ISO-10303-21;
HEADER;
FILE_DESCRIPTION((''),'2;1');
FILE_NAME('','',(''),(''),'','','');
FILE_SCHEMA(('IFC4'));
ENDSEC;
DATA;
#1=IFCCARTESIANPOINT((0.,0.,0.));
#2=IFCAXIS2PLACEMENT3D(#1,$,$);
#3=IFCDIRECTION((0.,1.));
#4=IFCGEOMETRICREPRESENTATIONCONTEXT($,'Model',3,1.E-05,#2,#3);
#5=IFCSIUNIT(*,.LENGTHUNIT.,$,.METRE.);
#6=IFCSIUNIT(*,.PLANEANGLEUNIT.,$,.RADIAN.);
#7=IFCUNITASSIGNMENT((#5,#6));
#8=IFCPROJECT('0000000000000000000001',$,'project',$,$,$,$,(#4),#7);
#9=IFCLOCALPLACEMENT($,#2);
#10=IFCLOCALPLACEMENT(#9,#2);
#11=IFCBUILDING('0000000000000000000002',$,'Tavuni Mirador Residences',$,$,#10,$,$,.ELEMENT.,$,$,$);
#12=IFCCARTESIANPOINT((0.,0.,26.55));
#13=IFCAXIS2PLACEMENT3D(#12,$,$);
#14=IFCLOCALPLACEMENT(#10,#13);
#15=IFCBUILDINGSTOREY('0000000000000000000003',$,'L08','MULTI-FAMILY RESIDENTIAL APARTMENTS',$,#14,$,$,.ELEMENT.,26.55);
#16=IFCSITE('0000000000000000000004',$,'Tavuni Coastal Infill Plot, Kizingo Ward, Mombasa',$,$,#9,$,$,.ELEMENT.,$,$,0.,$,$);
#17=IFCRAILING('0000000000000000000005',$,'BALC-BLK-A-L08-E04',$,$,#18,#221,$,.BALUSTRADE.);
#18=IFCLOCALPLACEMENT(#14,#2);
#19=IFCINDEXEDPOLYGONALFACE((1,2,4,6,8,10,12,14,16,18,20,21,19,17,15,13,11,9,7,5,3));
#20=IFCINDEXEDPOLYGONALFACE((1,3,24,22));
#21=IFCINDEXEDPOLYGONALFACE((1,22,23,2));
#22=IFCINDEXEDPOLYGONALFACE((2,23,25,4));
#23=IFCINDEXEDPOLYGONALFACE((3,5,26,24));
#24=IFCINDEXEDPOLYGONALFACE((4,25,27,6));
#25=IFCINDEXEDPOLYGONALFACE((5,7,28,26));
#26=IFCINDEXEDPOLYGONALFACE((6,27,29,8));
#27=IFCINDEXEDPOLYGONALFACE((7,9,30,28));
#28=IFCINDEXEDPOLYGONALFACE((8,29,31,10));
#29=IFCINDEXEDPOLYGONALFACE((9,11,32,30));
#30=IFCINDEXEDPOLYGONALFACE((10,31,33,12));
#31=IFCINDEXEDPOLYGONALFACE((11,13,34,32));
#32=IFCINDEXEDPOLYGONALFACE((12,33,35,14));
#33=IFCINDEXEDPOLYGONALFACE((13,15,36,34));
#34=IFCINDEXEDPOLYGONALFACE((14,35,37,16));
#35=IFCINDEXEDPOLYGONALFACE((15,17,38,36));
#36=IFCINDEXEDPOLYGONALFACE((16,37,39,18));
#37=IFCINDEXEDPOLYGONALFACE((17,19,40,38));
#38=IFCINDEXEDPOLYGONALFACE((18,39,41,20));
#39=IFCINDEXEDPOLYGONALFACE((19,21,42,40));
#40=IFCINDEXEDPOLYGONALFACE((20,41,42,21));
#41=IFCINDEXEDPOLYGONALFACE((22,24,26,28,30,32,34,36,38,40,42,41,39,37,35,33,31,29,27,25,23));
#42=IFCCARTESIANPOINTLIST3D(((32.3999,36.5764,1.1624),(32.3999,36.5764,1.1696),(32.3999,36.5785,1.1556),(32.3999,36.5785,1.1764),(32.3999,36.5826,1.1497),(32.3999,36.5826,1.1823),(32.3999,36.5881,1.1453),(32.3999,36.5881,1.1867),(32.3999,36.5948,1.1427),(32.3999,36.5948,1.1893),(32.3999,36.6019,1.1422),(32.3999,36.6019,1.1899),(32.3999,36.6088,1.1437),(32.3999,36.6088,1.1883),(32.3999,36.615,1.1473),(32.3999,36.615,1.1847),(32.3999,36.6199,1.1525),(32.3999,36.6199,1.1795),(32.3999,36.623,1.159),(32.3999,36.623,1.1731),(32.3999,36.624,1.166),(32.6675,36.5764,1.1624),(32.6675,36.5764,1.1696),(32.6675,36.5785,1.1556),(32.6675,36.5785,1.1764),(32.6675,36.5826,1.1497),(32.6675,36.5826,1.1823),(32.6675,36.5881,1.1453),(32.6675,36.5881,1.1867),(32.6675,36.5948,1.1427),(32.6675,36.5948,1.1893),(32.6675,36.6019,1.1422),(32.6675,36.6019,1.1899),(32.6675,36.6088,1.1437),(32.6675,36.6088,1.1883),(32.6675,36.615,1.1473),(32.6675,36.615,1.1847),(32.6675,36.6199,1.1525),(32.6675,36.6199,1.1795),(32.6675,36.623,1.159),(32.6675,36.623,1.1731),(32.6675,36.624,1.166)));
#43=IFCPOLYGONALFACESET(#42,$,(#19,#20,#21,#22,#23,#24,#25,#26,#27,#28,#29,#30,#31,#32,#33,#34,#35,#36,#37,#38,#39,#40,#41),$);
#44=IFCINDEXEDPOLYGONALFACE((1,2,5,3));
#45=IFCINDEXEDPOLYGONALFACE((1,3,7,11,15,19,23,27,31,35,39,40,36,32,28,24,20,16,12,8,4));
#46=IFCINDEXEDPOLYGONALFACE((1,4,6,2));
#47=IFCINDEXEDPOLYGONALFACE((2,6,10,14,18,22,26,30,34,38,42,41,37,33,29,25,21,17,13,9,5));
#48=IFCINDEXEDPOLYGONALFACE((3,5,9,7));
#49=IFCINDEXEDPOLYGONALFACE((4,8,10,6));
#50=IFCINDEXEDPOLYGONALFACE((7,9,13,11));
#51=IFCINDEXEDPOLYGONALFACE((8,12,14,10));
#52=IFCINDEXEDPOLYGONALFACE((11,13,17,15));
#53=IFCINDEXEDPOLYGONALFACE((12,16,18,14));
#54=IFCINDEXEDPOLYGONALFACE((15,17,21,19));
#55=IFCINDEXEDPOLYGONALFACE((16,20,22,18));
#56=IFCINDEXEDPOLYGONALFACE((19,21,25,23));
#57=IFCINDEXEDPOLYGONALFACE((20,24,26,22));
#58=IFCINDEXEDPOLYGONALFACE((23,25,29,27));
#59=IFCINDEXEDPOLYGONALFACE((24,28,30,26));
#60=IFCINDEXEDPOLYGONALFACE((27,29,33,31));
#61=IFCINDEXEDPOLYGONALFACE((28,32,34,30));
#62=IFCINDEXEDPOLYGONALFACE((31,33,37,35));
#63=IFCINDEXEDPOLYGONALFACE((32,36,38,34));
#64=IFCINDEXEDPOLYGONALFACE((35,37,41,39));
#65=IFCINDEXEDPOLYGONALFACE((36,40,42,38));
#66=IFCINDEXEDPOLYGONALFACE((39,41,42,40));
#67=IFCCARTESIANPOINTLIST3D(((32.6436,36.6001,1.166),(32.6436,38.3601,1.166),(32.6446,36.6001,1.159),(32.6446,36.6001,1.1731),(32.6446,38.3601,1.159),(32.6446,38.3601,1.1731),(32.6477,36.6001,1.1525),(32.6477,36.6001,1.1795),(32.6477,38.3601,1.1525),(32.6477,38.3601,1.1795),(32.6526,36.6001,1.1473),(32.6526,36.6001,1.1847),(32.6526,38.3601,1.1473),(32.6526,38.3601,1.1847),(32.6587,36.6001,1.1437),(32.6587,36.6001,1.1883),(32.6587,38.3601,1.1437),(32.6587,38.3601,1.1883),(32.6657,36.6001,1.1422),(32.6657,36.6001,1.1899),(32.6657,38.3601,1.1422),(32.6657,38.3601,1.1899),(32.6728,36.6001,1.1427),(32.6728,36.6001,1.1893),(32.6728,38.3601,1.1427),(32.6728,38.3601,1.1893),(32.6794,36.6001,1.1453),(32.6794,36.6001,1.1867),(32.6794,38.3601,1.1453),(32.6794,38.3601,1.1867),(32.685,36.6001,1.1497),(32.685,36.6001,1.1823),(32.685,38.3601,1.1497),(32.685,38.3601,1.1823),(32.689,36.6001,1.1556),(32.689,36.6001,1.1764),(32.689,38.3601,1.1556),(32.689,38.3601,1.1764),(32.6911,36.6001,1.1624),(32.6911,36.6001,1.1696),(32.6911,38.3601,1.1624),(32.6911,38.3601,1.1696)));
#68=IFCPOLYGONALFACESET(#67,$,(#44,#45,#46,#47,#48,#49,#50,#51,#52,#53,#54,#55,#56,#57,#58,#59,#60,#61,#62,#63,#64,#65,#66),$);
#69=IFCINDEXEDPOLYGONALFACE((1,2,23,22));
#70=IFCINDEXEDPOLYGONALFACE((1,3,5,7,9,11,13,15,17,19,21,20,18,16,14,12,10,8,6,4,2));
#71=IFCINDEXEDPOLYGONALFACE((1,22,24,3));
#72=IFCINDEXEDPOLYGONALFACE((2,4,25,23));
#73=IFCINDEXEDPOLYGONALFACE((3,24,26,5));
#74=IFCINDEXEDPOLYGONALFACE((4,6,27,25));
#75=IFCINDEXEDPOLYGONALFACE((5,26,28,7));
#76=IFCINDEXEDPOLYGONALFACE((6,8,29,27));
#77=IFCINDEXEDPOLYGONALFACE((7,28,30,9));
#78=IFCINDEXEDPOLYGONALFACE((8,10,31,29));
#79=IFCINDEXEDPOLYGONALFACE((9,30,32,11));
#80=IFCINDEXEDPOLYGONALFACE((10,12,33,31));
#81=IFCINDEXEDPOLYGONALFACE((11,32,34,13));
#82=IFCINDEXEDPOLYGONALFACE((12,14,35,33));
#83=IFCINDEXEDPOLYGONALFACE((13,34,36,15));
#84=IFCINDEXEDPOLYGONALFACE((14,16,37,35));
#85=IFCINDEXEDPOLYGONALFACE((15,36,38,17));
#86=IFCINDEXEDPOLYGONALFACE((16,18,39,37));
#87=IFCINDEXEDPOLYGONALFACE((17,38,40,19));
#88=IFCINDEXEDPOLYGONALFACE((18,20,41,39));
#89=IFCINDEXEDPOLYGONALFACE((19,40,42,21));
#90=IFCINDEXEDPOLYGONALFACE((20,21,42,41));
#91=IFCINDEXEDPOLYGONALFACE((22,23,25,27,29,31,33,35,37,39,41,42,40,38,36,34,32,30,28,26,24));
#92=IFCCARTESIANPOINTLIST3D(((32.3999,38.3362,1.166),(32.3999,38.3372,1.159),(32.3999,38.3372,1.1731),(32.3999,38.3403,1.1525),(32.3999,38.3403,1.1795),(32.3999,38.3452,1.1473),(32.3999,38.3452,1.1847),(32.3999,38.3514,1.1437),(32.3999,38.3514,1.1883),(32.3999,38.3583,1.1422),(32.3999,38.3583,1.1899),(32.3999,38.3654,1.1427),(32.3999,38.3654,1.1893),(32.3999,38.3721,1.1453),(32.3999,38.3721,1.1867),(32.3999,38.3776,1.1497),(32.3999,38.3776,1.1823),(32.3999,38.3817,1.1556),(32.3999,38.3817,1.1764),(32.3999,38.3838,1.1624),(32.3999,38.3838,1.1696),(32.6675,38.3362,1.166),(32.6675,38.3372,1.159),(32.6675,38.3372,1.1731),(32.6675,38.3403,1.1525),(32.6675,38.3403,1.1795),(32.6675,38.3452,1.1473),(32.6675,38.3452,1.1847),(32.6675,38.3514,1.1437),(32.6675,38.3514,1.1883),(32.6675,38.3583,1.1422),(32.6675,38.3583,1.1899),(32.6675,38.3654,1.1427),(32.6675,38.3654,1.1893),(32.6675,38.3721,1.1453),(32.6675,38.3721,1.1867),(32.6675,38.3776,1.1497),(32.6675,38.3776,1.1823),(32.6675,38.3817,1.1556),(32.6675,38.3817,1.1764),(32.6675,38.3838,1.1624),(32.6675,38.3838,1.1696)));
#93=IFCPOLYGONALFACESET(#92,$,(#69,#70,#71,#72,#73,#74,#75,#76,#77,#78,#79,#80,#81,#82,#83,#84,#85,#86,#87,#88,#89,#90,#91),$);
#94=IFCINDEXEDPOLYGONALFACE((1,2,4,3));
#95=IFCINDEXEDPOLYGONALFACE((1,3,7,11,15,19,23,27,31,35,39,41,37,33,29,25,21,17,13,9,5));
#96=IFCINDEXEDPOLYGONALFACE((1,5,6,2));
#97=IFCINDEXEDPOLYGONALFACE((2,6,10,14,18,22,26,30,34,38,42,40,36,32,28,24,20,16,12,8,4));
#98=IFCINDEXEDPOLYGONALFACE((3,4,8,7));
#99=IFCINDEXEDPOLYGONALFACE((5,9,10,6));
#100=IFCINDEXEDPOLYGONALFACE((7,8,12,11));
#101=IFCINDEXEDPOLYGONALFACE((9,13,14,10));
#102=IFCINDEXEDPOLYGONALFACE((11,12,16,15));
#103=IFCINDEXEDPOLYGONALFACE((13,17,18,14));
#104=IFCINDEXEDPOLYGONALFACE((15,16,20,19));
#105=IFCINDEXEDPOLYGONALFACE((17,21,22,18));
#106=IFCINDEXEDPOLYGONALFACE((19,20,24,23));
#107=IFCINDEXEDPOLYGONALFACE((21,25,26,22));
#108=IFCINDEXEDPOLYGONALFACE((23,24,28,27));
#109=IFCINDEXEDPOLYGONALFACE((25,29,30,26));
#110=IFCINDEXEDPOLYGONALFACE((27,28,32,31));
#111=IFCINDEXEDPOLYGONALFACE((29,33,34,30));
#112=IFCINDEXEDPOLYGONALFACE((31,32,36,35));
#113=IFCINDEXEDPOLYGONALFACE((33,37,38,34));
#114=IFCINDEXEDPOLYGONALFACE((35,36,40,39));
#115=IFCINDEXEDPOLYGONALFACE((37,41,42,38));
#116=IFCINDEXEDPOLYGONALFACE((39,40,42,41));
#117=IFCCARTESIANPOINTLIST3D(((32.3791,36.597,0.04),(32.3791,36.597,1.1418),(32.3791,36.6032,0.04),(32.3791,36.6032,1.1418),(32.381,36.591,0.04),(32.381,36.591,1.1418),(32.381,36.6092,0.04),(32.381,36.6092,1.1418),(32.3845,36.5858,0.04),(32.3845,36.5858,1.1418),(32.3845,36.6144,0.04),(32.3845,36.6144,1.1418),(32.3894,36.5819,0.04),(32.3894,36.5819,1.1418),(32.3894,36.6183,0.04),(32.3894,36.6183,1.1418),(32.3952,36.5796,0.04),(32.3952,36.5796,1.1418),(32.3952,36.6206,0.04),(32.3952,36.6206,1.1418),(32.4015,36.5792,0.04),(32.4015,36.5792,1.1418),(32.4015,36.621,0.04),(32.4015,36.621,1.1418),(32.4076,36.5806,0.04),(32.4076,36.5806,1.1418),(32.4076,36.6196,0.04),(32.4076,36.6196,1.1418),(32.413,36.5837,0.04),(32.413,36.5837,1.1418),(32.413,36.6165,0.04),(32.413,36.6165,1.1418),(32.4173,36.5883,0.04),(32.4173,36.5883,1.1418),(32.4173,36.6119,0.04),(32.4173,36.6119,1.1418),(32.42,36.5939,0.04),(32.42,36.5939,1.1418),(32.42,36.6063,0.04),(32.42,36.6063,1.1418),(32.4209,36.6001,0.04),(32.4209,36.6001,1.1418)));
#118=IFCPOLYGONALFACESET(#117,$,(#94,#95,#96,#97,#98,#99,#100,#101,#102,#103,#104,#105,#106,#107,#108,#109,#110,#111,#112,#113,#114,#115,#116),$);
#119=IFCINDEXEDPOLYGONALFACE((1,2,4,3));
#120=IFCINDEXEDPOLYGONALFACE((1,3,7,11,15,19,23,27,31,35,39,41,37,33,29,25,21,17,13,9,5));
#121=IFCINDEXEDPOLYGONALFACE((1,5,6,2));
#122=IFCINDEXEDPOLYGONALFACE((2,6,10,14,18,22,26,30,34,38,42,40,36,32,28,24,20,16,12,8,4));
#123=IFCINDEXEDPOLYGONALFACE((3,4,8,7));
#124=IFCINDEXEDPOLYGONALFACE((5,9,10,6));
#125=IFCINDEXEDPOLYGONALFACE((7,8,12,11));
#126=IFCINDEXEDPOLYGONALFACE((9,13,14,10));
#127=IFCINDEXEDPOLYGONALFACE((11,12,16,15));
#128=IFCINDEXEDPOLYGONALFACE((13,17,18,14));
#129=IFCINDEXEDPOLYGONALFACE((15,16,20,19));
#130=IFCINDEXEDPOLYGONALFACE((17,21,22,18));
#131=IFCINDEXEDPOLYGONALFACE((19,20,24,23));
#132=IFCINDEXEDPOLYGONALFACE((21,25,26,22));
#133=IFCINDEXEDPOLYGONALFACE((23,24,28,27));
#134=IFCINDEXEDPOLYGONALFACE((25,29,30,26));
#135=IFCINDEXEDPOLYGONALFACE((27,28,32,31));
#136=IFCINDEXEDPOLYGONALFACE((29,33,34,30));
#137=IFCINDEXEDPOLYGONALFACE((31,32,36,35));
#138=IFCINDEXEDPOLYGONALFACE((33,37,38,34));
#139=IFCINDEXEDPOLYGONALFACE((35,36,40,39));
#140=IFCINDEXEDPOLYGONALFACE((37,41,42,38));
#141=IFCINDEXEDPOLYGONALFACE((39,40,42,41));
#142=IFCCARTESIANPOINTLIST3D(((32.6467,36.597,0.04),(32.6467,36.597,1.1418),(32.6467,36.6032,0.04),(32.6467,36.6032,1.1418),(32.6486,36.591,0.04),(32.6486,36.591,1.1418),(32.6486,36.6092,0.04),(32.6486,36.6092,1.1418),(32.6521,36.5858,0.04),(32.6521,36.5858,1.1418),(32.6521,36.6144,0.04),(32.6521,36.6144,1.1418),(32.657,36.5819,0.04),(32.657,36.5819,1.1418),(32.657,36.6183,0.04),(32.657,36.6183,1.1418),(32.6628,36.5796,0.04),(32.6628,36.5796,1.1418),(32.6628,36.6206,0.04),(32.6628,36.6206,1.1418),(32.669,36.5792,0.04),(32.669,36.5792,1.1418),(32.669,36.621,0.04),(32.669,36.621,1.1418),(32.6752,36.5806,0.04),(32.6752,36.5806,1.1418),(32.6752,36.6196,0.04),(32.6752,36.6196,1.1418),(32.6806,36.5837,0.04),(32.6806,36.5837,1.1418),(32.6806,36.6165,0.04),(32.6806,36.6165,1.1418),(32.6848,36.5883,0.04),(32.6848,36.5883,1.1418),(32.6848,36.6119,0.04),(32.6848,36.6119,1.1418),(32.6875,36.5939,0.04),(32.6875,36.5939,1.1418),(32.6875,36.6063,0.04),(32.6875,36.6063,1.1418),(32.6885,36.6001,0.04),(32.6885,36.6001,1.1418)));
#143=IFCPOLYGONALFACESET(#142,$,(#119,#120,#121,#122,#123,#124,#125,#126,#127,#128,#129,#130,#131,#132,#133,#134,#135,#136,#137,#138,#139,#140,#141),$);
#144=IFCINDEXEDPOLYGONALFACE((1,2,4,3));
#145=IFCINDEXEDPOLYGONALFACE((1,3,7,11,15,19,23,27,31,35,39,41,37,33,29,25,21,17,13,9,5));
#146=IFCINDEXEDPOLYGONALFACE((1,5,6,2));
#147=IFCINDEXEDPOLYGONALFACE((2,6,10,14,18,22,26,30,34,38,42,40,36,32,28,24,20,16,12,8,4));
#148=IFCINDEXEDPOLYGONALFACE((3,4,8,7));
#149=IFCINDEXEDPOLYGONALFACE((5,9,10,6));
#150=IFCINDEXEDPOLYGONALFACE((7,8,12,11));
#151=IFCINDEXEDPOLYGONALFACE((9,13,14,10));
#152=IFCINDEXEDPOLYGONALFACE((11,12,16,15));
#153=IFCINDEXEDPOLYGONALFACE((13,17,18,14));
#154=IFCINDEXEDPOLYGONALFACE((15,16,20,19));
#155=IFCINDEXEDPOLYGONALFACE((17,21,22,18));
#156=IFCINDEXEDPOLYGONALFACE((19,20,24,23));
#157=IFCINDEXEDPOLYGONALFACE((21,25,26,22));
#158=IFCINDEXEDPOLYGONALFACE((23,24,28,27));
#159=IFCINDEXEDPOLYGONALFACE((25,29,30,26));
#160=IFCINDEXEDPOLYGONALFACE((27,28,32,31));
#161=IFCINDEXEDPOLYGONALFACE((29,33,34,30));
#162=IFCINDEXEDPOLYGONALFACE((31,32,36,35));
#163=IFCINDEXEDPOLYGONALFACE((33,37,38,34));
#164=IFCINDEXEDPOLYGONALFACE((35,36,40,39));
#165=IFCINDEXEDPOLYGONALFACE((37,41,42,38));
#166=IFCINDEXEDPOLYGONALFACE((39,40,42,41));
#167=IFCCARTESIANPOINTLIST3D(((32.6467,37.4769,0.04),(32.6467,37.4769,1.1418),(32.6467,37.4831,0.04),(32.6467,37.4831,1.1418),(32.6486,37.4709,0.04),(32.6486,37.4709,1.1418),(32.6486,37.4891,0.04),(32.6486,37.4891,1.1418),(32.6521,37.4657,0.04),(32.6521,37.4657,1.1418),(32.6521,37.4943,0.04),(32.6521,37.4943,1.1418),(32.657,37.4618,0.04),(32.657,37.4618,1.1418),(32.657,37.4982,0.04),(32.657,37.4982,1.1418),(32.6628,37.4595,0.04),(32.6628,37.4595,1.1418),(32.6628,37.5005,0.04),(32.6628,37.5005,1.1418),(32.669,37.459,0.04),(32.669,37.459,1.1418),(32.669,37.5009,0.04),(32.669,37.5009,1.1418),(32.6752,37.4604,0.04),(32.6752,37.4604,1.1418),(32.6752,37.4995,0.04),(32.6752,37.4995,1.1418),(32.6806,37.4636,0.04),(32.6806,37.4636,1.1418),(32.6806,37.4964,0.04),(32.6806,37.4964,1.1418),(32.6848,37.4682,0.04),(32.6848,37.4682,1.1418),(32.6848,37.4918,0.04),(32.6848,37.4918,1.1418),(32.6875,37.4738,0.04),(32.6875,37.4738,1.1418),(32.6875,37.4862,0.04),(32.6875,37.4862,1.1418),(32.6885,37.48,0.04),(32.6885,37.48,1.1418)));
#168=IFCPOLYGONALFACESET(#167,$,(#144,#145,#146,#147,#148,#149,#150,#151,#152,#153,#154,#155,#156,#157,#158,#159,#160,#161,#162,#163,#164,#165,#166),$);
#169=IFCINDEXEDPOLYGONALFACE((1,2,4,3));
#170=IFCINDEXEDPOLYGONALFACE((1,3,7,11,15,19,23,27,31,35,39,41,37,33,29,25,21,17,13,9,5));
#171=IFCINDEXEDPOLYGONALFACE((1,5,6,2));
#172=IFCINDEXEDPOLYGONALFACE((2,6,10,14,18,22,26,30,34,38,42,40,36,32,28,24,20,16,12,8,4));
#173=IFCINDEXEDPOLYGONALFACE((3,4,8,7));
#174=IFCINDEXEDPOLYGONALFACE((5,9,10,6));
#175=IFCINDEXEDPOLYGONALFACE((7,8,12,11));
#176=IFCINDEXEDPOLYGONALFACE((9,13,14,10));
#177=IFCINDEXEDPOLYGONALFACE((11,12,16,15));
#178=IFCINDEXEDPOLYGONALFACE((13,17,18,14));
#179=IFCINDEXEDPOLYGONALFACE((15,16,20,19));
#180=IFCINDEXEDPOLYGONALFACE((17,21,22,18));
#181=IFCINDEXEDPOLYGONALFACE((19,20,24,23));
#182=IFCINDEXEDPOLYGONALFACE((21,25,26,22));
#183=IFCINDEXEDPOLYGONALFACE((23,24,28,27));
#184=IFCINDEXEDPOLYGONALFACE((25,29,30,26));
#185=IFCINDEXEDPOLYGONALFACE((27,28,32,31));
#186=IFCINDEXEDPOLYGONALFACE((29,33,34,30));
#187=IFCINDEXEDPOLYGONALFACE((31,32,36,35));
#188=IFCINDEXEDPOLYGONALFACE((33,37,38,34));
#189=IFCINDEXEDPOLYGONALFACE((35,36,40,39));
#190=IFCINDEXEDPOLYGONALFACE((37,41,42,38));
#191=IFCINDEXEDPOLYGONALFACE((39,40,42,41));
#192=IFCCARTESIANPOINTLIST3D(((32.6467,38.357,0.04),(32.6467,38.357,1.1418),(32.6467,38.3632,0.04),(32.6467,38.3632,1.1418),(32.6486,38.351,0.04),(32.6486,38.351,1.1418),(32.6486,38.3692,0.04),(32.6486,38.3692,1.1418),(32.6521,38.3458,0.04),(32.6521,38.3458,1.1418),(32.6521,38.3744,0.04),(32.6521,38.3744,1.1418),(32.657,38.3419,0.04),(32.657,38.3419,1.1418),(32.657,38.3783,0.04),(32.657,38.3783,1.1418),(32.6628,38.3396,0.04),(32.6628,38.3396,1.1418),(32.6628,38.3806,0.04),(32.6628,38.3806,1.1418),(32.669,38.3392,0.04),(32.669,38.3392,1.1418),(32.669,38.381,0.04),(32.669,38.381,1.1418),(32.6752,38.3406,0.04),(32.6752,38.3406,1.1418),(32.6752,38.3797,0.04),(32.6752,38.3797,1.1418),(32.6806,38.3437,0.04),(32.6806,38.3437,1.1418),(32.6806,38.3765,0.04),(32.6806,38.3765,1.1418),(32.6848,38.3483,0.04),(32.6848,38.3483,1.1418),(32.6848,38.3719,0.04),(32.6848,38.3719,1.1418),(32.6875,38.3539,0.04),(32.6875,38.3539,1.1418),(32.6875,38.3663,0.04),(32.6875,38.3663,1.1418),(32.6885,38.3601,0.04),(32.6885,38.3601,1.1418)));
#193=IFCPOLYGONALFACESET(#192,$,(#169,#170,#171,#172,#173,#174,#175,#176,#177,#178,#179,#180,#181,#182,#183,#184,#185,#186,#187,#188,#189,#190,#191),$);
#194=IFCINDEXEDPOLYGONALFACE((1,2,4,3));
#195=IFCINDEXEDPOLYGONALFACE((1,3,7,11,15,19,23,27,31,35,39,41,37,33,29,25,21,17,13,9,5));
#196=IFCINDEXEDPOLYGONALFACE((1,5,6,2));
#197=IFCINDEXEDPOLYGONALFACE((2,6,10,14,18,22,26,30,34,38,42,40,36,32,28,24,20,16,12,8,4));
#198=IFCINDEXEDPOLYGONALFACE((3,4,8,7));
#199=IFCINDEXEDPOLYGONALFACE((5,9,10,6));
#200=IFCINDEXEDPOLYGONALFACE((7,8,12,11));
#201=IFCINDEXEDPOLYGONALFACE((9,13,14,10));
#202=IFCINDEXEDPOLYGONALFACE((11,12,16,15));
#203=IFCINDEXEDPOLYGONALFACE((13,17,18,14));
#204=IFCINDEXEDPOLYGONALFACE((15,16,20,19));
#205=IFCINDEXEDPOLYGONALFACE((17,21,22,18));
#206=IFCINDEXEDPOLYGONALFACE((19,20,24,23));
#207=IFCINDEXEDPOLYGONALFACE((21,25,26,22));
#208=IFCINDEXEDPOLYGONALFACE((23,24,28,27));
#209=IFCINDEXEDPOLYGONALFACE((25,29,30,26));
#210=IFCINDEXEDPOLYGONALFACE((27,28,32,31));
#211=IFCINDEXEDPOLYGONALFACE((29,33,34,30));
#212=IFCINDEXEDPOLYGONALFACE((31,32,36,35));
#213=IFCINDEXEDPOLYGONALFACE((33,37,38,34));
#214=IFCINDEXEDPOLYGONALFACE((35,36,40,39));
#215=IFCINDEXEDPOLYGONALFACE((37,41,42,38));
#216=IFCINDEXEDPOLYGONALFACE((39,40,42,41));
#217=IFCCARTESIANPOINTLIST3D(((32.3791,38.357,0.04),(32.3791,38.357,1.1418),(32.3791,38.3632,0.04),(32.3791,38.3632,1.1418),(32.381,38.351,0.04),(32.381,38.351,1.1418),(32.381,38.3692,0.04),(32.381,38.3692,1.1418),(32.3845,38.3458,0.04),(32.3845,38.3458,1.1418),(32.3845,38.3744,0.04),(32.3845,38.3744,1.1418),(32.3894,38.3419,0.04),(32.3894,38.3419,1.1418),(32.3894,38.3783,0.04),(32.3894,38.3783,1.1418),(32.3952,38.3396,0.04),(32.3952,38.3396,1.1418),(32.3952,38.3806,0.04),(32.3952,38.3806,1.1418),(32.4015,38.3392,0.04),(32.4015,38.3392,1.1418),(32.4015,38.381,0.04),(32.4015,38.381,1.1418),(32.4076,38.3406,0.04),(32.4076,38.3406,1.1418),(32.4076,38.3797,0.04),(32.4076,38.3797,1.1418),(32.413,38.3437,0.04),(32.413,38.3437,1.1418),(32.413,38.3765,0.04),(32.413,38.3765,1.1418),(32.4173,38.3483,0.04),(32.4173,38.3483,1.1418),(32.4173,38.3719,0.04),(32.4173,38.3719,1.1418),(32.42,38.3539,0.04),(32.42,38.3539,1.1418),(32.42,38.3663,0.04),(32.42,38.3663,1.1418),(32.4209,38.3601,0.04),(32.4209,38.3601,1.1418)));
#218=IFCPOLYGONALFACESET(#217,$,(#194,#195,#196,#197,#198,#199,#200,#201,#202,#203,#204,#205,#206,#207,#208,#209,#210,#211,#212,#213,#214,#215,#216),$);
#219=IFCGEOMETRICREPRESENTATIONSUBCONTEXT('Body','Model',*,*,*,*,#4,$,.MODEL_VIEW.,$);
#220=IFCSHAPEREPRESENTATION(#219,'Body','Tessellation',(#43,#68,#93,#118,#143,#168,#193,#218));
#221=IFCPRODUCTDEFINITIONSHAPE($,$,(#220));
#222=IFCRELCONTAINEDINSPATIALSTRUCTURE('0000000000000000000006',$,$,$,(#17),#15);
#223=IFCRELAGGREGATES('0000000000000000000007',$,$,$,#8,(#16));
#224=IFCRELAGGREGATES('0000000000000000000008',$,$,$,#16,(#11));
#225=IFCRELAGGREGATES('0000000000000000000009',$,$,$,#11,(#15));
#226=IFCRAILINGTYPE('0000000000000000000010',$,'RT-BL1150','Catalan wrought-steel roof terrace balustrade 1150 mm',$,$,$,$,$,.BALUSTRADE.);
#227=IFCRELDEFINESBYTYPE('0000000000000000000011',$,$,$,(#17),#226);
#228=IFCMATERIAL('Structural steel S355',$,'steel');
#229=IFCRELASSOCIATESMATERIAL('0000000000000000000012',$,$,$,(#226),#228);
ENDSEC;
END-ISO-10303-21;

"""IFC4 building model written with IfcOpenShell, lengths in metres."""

from ifc_helpers import new_model, si_unit, direction, frame, origin, origin_2d, place, context, subcontext, project, spatial, circle, extrude, material, type_object, element, save


model = new_model("IFC4")

# Units and contexts
model_context = context("Model", 3, precision=1e-05, world=origin(), true_north=direction((0.0, 1.0)))
body_context = subcontext(model_context, "Body", "Model", "MODEL_VIEW")
ifc_project = project(units=[si_unit("LENGTHUNIT", "METRE"), si_unit("PLANEANGLEUNIT", "RADIAN")], contexts=[model_context])

# Site, building, storey
site_placement = place(None, origin())
site = spatial("IfcSite", under=ifc_project, at=site_placement, Name="Tavuni Coastal Infill Plot, Kizingo Ward, Mombasa", CompositionType="ELEMENT", RefElevation=0.0)
building_placement = place(site_placement, origin())
building = spatial("IfcBuilding", under=site, at=building_placement, Name="Tavuni Mirador Residences", CompositionType="ELEMENT")
storey_placement = place(building_placement, frame((0.0, 0.0, 26.55)))
storey = spatial("IfcBuildingStorey", under=building, at=storey_placement, Name="L08", Description="MULTI-FAMILY RESIDENTIAL APARTMENTS", CompositionType="ELEMENT", Elevation=26.55)

# Railing
ifc_material_1 = material(Name="Structural steel S355", Category="steel")
railing_type = type_object("IfcRailingType", Name="RT-BL1150", Description="Catalan wrought-steel roof terrace balustrade 1150 mm", PredefinedType="BALUSTRADE", material=ifc_material_1)
railing_1_placement = place(storey_placement, frame((32.3999, 36.6001, 0.04)))
element("IfcRailing", 1, at=railing_1_placement, inside=storey, type_object=railing_type, Name="BALC-BLK-A-L08-E04", PredefinedType="BALUSTRADE", context=body_context, shape_type="SweptSolid", body=[
    extrude(circle(Radius=0.0239, at=origin_2d()), frame((0.0, 0.0, 1.126), z_axis=(1.0, 0.0, 0.0), x_axis=(0.0, 1.0, 0.0)), (0.0, 0.0, 1.0), 0.2676),
    extrude(circle(Radius=0.0239, at=origin_2d()), frame((0.2676, 0.0, 1.126), z_axis=(0.0, 1.0, 0.0), x_axis=(-1.0, 0.0, 0.0)), (0.0, 0.0, 1.0), 1.76),
    extrude(circle(Radius=0.0239, at=origin_2d()), frame((0.2676, 1.76, 1.126), z_axis=(-1.0, 0.0, 0.0), x_axis=(0.0, -1.0, 0.0)), (0.0, 0.0, 1.0), 0.2676),
    extrude(circle(Radius=0.021, at=origin_2d()), origin(), (0.0, 0.0, 1.0), 1.1018),
    extrude(circle(Radius=0.021, at=origin_2d()), frame((0.2676, 0.0, 0.0)), (0.0, 0.0, 1.0), 1.1018),
    extrude(circle(Radius=0.021, at=origin_2d()), frame((0.2676, 0.8799, 0.0)), (0.0, 0.0, 1.0), 1.1018),
    extrude(circle(Radius=0.021, at=origin_2d()), frame((0.2676, 1.76, 0.0)), (0.0, 0.0, 1.0), 1.1018),
    extrude(circle(Radius=0.021, at=origin_2d()), frame((0.0, 1.76, 0.0)), (0.0, 0.0, 1.0), 1.1018),
])

save(model, "model.ifc")
